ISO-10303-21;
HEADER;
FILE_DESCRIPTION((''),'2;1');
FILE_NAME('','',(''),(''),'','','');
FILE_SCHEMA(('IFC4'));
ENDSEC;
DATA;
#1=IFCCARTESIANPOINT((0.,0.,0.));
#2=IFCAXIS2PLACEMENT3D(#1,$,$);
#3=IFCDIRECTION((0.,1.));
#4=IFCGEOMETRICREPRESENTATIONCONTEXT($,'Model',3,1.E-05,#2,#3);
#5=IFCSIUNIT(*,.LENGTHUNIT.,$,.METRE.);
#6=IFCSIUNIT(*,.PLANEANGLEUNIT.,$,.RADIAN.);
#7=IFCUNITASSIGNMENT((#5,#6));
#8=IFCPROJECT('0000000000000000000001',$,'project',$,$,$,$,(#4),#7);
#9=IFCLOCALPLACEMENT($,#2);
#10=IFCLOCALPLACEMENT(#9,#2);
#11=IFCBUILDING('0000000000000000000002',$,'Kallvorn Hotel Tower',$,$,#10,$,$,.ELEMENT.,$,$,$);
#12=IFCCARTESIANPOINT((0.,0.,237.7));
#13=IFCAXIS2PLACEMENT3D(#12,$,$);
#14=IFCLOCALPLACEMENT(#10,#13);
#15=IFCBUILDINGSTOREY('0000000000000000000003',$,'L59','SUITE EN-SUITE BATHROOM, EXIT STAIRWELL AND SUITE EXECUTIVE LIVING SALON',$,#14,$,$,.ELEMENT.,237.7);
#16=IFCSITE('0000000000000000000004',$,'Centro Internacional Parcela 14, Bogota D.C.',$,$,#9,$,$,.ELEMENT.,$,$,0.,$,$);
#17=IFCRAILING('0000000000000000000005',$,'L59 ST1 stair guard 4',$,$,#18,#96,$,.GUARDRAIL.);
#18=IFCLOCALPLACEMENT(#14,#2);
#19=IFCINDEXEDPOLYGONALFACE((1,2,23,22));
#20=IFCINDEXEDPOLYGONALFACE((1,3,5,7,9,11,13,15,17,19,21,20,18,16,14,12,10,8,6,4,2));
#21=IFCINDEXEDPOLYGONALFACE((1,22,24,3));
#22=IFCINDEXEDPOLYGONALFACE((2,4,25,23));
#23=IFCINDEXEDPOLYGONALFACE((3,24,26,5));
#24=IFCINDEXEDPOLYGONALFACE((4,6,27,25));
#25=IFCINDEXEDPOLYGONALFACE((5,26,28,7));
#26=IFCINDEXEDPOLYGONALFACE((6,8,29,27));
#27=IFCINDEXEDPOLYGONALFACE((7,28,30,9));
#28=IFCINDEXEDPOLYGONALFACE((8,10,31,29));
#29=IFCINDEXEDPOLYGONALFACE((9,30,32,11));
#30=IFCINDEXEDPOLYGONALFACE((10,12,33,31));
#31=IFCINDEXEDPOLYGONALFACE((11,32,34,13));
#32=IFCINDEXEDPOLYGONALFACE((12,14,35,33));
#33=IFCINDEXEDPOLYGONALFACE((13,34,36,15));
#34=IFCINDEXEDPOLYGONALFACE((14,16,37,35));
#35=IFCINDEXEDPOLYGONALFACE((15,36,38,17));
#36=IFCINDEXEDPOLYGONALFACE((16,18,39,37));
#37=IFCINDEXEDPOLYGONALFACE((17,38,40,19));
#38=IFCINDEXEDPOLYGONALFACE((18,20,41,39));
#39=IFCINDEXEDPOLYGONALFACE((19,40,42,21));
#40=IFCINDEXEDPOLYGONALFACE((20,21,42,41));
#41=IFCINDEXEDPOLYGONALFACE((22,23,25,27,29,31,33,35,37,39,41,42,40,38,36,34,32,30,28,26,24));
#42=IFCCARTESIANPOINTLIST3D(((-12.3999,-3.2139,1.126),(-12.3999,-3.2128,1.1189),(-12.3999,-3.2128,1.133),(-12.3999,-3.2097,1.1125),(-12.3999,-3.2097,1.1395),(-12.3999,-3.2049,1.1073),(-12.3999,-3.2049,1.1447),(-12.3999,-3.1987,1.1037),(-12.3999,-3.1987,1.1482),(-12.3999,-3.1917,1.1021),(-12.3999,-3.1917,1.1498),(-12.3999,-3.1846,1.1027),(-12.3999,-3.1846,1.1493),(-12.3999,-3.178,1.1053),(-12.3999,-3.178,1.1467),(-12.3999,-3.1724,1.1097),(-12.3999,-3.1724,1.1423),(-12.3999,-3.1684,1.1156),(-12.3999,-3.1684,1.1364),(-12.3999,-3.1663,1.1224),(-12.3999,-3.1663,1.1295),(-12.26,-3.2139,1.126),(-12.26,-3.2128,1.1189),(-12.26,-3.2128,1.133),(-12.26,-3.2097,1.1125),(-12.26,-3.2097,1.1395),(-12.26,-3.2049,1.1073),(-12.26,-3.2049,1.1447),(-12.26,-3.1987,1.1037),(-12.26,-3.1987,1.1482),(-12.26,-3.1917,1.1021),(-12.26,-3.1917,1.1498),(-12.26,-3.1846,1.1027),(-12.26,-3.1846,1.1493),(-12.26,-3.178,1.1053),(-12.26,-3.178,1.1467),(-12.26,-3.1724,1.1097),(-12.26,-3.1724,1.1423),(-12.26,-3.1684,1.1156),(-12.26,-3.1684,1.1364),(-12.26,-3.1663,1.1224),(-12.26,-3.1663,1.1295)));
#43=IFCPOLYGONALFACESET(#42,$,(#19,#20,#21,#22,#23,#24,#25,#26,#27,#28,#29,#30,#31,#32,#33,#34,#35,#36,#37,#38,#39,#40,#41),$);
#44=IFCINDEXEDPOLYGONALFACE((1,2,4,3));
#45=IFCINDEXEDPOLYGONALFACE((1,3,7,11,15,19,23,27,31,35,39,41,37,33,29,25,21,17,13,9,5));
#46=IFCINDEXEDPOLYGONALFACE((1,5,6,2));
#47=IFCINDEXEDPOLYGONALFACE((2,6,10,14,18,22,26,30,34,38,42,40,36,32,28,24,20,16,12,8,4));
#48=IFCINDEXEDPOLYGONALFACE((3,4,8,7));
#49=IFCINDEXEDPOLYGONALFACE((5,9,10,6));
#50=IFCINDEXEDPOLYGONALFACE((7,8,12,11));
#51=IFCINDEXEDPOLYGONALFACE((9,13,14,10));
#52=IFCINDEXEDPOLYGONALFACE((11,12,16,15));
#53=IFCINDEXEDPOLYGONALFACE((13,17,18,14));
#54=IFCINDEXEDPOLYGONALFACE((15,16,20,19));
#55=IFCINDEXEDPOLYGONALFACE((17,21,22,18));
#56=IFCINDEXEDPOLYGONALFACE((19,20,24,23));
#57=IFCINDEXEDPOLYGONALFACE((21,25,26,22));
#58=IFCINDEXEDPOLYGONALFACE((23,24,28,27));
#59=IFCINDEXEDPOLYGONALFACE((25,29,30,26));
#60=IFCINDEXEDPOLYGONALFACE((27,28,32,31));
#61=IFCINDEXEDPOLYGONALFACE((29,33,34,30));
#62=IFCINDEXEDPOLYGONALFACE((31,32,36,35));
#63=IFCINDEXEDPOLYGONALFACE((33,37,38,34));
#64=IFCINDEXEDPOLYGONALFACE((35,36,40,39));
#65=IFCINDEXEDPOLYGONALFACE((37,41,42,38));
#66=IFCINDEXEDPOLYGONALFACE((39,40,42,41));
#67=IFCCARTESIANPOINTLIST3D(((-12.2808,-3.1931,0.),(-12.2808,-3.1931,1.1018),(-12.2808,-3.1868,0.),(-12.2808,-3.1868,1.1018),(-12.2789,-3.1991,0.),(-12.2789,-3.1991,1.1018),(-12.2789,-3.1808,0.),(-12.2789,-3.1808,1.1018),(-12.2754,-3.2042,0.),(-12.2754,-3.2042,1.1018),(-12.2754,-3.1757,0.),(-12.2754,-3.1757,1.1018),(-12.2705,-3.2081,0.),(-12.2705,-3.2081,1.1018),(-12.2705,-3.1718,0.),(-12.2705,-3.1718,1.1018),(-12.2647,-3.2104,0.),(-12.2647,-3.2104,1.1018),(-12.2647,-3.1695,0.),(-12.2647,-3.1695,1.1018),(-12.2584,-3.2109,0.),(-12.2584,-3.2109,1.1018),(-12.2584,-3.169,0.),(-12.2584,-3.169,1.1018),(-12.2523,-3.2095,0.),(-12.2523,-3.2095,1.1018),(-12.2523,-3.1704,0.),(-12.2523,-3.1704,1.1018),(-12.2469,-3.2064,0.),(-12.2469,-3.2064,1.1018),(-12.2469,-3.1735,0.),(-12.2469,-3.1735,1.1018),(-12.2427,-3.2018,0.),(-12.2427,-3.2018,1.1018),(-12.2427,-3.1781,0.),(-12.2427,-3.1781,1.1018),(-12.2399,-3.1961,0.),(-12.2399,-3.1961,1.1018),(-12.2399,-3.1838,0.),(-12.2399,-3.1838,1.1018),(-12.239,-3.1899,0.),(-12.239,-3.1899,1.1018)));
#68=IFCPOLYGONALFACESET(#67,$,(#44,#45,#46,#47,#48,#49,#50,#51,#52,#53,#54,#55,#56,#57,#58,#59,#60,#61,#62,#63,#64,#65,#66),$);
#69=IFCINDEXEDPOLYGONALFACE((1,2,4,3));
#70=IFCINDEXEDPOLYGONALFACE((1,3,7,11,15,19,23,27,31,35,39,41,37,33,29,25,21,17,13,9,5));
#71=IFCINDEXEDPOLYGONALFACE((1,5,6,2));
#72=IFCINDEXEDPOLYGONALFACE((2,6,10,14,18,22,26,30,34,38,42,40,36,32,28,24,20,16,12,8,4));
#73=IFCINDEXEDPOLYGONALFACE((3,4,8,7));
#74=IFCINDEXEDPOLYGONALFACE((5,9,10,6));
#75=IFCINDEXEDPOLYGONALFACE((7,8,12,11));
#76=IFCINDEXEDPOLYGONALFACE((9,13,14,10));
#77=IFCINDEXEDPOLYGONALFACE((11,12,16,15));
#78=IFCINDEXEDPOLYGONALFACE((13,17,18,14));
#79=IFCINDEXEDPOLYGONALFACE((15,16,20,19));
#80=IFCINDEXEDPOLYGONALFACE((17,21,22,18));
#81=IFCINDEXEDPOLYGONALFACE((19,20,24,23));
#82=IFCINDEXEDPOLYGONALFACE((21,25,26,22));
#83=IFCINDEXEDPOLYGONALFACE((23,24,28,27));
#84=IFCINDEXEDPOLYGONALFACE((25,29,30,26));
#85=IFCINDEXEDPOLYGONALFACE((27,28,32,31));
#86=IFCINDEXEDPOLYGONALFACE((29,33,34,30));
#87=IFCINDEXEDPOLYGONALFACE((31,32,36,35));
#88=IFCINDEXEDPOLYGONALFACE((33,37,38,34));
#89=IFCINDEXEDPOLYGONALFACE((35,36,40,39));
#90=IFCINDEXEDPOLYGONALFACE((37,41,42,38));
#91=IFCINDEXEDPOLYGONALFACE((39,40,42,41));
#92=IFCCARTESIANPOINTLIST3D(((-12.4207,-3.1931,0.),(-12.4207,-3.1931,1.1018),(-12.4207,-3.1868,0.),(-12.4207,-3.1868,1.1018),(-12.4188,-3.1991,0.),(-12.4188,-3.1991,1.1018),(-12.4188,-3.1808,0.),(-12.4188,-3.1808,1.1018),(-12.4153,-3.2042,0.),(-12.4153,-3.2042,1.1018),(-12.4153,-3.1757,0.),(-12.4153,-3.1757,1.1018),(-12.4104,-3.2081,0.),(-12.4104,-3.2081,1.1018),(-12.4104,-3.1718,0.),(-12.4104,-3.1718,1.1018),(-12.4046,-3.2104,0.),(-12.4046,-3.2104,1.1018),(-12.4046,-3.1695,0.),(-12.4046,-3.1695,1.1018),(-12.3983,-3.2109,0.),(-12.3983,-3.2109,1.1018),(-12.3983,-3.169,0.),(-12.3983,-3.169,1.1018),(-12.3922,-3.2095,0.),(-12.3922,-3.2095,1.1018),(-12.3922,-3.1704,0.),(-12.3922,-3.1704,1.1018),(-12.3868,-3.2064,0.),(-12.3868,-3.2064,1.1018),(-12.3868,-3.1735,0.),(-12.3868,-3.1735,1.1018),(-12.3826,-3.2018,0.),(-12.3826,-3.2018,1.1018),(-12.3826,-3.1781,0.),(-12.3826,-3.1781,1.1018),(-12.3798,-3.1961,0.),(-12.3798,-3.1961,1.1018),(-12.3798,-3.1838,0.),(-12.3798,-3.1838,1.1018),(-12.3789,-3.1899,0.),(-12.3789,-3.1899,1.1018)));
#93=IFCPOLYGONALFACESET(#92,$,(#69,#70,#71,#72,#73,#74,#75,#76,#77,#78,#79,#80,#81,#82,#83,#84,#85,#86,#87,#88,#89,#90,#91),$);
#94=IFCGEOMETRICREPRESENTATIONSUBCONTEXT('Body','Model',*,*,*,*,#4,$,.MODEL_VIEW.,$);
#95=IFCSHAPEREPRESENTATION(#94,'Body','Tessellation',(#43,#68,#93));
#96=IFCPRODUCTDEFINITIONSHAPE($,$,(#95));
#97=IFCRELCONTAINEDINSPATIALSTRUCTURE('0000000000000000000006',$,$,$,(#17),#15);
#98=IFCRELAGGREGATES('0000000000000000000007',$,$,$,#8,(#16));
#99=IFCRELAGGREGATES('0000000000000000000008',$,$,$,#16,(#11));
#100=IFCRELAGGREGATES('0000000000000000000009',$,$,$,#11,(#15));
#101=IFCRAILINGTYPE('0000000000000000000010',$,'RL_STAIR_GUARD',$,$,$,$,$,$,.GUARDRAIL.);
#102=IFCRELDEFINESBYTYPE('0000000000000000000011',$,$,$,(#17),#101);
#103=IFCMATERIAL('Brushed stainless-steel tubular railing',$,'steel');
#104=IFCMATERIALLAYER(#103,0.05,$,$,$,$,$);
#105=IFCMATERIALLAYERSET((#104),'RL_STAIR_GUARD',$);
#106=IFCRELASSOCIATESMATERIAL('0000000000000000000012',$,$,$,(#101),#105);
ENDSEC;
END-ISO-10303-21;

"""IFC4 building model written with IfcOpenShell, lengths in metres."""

from ifc_helpers import new_model, si_unit, direction, frame, origin, origin_2d, place, context, subcontext, project, spatial, circle, extrude, material, layer, layer_set, type_object, element, save


model = new_model("IFC4")

# Units and contexts
model_context = context("Model", 3, precision=1e-05, world=origin(), true_north=direction((0.0, 1.0)))
body_context = subcontext(model_context, "Body", "Model", "MODEL_VIEW")
ifc_project = project(units=[si_unit("LENGTHUNIT", "METRE"), si_unit("PLANEANGLEUNIT", "RADIAN")], contexts=[model_context])

# Site, building, storey
site_placement = place(None, origin())
site = spatial("IfcSite", under=ifc_project, at=site_placement, Name="Centro Internacional Parcela 14, Bogota D.C.", CompositionType="ELEMENT", RefElevation=0.0)
building_placement = place(site_placement, origin())
building = spatial("IfcBuilding", under=site, at=building_placement, Name="Kallvorn Hotel Tower", CompositionType="ELEMENT")
storey_placement = place(building_placement, frame((0.0, 0.0, 237.7)))
storey = spatial("IfcBuildingStorey", under=building, at=storey_placement, Name="L59", Description="SUITE EN-SUITE BATHROOM, EXIT STAIRWELL AND SUITE EXECUTIVE LIVING SALON", CompositionType="ELEMENT", Elevation=237.7)

# Railing
ifc_material_1 = material(Name="Brushed stainless-steel tubular railing", Category="steel")
ifc_layer_1 = layer(ifc_material_1, 0.05)
ifc_layer_set_1 = layer_set([ifc_layer_1], Name="RL_STAIR_GUARD")
railing_type_1 = type_object("IfcRailingType", Name="RL_STAIR_GUARD", PredefinedType="GUARDRAIL", material=ifc_layer_set_1)
railing_1_placement = place(storey_placement, frame((-12.26, -3.1899, 0.0)))
element("IfcRailing", 1, at=railing_1_placement, inside=storey, type_object=railing_type_1, Name="L59 ST1 stair guard 4", PredefinedType="GUARDRAIL", context=body_context, shape_type="SweptSolid", body=[
    extrude(circle(Radius=0.0239, at=origin_2d()), frame((0.0, 0.0, 1.126), z_axis=(-1.0, 0.0, 0.0), x_axis=(0.0, -1.0, 0.0)), (0.0, 0.0, 1.0), 0.1399),
    extrude(circle(Radius=0.021, at=origin_2d()), origin(), (0.0, 0.0, 1.0), 1.1018),
    extrude(circle(Radius=0.021, at=origin_2d()), frame((-0.1399, 0.0, 0.0)), (0.0, 0.0, 1.0), 1.1018),
])

save(model, "model.ifc")
